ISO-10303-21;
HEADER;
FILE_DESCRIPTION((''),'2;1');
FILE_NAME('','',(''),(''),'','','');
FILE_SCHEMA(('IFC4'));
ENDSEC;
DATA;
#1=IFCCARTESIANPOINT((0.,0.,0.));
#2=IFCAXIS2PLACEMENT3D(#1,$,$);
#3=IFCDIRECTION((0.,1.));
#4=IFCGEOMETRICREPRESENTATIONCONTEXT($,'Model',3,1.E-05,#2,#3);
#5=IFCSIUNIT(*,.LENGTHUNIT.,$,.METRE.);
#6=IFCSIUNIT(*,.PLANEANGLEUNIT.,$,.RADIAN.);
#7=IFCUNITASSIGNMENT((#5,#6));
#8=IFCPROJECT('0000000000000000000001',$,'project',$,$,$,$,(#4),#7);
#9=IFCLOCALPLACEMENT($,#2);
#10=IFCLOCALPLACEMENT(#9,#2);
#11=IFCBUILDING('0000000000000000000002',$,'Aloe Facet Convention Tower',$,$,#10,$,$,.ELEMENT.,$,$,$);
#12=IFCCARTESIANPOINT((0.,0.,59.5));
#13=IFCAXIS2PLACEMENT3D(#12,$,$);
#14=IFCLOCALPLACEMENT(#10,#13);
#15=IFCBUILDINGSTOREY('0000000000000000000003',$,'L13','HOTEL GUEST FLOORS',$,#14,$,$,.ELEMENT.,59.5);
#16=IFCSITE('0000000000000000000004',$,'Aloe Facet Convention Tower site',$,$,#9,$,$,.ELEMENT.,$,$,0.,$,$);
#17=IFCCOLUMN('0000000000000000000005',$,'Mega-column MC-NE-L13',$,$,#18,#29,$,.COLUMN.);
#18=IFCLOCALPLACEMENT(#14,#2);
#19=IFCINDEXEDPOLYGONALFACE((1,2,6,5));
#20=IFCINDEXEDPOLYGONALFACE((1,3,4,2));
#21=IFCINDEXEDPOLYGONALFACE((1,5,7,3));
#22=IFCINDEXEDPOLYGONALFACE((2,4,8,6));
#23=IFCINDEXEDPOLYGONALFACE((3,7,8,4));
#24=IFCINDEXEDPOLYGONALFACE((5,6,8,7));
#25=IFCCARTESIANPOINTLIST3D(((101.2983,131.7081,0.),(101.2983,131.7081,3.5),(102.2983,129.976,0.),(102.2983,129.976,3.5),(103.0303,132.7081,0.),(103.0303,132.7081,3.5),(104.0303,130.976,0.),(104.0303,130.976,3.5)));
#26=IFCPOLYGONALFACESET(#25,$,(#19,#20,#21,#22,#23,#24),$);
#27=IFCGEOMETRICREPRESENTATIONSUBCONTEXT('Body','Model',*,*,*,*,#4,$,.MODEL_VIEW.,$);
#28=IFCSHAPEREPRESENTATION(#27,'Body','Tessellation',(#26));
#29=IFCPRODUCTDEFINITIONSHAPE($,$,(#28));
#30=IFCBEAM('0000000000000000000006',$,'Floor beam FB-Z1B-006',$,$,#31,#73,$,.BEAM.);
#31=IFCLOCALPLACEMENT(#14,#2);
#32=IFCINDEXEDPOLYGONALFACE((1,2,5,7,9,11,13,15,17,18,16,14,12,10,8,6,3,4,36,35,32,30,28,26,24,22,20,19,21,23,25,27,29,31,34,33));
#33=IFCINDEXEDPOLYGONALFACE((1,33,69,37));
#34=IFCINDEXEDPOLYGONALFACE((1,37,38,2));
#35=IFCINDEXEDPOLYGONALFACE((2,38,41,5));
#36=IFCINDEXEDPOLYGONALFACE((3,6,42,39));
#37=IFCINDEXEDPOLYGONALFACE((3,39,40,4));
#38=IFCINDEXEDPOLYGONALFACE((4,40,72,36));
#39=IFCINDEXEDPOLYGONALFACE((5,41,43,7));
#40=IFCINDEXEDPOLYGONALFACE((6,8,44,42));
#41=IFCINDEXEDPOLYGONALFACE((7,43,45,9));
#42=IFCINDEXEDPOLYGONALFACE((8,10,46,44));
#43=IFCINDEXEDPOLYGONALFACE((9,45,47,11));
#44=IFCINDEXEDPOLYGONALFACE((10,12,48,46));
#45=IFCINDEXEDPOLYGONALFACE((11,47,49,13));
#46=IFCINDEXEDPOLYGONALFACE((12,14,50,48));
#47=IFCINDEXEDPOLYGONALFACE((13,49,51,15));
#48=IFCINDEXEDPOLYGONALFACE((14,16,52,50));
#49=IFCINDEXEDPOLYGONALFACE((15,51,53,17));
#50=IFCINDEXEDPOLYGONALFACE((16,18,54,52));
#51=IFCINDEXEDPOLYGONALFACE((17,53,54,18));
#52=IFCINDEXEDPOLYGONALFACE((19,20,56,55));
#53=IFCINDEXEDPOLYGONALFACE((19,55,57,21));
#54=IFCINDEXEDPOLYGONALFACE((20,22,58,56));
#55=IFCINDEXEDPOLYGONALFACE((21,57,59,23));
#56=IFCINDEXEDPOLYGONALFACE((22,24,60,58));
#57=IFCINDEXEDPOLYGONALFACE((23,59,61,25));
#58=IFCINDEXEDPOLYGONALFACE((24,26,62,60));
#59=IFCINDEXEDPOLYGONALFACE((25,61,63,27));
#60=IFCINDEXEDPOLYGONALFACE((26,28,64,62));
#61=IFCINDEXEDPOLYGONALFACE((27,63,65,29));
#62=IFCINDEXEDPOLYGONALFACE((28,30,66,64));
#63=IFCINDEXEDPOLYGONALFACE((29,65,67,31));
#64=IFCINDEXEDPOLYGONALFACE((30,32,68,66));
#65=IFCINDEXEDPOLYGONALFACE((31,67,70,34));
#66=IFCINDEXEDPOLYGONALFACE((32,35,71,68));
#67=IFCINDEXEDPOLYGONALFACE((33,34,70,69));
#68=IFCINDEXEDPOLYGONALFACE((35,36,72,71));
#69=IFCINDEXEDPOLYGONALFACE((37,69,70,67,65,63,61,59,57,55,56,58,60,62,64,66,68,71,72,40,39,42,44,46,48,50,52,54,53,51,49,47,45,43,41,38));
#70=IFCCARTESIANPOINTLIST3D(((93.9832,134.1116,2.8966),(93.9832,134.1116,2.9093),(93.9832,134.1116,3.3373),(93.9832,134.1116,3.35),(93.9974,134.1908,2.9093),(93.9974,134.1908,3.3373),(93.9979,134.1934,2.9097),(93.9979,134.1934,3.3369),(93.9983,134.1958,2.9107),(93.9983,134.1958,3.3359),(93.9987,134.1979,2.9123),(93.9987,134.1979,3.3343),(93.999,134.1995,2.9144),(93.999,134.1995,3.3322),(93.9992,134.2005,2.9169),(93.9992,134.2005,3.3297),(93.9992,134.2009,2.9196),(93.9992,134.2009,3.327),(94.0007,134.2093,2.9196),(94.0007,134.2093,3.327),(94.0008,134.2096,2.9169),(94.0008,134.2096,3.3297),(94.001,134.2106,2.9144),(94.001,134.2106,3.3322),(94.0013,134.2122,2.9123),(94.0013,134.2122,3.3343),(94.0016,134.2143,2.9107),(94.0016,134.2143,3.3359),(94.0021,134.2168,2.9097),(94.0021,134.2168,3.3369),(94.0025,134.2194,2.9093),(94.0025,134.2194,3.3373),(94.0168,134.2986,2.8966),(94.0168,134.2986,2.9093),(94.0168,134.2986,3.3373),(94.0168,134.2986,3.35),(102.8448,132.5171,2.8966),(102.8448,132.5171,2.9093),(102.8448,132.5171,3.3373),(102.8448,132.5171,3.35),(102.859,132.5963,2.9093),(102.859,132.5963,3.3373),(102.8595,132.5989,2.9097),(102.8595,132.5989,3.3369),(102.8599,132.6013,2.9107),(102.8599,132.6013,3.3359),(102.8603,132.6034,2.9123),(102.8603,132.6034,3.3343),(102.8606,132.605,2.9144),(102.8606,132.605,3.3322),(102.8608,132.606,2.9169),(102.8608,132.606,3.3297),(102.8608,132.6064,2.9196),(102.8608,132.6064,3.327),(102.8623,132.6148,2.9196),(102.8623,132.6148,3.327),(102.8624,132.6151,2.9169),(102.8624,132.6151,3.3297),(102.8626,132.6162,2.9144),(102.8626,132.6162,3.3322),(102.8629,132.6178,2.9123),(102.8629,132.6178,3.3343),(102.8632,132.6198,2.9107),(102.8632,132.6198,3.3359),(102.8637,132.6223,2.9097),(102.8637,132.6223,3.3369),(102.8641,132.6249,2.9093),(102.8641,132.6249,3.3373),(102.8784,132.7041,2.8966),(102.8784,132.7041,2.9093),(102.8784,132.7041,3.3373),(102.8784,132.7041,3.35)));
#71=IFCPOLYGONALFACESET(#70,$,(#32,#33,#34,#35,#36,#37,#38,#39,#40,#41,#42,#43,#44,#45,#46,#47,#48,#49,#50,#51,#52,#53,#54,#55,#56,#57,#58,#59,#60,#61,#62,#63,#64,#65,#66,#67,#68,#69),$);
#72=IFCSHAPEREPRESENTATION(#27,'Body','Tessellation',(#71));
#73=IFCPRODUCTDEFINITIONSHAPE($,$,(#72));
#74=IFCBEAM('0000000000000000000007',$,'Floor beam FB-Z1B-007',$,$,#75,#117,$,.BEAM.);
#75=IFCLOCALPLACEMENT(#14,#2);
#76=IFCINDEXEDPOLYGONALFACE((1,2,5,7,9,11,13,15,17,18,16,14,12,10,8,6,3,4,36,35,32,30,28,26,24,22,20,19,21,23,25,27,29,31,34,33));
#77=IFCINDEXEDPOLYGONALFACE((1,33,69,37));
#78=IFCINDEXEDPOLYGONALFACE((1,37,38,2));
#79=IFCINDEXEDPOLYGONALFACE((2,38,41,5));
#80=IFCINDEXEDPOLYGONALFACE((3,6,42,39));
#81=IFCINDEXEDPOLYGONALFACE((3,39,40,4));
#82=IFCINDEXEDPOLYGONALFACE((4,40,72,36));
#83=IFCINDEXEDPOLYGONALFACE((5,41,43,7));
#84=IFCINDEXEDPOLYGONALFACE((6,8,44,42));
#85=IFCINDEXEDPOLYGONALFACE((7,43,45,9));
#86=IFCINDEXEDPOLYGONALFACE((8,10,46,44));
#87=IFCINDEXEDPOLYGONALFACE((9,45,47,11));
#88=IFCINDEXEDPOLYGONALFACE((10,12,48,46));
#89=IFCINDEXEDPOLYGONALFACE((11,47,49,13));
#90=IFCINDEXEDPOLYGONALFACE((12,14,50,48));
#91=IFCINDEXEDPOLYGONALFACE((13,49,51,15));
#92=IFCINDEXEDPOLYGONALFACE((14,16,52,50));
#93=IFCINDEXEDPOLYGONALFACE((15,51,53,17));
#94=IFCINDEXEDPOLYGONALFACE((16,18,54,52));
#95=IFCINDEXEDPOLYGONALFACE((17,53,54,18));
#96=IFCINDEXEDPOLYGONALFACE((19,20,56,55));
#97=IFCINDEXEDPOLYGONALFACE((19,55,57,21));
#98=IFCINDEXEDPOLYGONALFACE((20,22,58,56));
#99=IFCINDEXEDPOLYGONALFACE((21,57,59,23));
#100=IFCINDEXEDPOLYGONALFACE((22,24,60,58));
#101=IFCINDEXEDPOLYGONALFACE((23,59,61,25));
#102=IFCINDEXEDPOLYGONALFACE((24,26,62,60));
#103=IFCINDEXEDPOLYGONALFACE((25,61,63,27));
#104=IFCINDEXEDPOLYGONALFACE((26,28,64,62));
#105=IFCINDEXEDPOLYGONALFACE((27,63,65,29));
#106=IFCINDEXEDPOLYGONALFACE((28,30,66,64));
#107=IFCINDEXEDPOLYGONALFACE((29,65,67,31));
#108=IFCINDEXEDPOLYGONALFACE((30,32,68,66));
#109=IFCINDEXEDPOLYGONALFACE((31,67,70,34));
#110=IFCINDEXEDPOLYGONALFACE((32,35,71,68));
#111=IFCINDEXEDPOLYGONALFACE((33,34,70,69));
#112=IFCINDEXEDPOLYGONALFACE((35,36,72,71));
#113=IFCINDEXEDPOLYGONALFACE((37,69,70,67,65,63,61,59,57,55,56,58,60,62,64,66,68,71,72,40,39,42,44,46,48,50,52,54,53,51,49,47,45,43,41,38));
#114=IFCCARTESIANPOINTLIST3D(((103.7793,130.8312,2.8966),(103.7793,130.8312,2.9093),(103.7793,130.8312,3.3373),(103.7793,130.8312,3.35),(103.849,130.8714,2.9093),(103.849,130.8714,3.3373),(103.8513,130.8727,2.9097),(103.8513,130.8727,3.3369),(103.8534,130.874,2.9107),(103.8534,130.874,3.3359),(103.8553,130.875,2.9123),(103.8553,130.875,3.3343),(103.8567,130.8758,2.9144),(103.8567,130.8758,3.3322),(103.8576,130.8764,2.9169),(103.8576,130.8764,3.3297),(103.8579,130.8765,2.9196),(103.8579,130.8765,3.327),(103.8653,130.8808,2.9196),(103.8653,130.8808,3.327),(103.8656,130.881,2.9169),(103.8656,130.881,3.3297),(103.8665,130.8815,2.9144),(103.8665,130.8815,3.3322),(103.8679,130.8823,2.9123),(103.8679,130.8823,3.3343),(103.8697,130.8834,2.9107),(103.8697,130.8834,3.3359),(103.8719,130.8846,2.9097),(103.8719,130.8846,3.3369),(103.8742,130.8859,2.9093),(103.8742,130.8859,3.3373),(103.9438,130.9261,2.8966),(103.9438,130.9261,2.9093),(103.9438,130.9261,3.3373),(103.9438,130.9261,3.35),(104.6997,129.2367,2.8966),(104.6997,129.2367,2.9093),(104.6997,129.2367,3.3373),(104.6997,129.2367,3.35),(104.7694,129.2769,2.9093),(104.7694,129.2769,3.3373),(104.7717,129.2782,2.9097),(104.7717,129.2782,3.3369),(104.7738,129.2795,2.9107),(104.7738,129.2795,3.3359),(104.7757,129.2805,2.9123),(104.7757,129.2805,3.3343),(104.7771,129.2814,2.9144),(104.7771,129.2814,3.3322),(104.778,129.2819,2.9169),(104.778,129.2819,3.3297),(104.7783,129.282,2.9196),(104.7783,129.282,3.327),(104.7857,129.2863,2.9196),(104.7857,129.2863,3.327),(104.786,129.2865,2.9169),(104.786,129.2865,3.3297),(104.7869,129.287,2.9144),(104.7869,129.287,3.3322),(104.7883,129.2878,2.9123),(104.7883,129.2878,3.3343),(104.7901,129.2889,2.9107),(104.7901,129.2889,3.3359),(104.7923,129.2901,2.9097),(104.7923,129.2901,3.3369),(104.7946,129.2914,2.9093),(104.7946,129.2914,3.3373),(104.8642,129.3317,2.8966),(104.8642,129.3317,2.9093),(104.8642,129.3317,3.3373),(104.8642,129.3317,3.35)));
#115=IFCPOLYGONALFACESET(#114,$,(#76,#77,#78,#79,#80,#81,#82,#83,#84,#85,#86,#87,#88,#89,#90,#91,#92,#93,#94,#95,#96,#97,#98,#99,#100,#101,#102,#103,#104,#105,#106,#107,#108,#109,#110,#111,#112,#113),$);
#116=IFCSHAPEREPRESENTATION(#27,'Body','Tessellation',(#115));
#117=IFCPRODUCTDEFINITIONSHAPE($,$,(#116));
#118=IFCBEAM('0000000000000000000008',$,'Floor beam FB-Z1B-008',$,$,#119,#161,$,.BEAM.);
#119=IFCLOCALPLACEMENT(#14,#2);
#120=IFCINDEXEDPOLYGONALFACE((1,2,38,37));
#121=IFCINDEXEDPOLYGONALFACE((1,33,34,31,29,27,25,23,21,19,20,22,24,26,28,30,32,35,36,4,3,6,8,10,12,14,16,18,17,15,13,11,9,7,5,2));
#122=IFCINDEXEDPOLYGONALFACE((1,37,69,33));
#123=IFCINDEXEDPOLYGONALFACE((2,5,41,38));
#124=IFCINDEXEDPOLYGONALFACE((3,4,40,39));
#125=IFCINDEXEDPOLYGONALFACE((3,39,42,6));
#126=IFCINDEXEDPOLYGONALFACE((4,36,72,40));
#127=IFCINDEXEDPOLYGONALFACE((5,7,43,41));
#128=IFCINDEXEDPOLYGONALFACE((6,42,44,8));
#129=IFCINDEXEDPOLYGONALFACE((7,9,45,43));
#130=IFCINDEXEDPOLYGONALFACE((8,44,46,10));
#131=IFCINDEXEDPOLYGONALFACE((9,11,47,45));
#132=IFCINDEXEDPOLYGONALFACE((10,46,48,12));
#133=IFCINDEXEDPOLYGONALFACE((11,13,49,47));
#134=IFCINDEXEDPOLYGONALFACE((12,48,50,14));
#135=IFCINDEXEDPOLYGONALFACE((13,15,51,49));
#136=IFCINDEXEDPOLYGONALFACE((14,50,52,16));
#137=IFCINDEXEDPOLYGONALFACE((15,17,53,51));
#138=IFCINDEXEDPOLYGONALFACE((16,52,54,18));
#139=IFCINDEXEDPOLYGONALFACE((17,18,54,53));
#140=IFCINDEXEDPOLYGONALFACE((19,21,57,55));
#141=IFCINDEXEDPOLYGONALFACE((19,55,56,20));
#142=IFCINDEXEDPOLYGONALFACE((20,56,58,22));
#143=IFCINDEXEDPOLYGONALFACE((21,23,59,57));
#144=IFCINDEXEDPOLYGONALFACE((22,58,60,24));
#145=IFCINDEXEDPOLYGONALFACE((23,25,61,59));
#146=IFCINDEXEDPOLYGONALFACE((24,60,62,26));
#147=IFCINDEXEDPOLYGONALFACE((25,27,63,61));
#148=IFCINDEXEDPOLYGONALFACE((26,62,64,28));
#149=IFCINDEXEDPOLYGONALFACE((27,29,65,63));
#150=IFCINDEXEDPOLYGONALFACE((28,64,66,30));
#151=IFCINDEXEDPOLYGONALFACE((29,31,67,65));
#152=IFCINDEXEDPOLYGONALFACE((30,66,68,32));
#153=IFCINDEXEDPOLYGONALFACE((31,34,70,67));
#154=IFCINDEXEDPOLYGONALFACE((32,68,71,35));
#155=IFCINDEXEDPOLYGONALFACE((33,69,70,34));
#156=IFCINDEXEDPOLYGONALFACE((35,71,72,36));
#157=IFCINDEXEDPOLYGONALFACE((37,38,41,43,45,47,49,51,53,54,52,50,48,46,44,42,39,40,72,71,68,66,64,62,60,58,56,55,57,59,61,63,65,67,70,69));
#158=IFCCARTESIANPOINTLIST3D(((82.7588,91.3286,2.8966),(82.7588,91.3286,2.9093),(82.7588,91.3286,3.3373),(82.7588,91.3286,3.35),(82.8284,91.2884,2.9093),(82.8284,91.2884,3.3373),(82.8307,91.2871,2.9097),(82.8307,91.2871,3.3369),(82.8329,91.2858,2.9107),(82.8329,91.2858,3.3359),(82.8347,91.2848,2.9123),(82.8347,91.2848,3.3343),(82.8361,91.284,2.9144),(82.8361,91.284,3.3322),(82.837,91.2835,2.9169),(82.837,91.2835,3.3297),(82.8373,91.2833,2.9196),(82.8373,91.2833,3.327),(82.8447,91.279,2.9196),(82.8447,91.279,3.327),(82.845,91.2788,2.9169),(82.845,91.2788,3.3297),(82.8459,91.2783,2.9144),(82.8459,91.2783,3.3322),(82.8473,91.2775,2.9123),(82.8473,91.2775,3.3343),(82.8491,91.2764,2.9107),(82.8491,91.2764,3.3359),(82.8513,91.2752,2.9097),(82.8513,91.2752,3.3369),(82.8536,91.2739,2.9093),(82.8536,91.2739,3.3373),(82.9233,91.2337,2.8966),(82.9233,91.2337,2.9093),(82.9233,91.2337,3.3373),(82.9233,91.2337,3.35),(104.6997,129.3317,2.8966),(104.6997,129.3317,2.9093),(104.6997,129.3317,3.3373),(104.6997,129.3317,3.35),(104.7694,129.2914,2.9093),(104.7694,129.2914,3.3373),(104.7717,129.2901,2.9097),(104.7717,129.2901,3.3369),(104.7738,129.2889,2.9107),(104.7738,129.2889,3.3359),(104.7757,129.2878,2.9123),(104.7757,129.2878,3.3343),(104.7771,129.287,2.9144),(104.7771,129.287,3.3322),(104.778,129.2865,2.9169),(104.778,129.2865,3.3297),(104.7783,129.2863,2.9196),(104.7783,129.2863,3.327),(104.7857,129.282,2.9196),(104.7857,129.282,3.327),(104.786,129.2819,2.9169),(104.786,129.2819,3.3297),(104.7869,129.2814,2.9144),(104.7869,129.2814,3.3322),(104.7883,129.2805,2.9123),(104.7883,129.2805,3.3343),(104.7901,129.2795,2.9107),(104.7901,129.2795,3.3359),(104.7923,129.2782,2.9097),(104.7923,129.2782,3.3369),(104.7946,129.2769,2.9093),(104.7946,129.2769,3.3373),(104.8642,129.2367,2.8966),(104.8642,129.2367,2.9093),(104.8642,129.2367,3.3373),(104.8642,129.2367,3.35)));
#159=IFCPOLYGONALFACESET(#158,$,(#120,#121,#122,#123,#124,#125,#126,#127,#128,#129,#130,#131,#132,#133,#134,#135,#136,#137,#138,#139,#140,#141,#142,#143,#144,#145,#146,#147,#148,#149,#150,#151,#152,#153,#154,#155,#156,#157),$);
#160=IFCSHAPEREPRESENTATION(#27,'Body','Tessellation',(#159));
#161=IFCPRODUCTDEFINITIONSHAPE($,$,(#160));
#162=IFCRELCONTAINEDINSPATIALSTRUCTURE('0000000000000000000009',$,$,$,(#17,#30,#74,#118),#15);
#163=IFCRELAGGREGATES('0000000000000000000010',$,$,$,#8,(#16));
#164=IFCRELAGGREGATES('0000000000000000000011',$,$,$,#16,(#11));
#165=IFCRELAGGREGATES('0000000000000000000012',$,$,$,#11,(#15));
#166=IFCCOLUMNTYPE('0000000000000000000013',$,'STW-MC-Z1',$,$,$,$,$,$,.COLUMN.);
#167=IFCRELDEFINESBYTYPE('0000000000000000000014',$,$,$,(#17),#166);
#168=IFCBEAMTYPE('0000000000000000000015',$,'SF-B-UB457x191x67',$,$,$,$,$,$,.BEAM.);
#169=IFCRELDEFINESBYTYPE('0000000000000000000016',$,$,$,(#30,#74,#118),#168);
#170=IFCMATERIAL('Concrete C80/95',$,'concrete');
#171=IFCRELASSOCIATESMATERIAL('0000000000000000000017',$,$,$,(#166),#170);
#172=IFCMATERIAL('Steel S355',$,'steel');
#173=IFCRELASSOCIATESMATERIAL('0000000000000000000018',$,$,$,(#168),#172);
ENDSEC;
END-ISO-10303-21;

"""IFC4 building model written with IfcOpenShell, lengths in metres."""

from ifc_helpers import new_model, si_unit, direction, frame, origin, origin_2d, place, context, subcontext, project, spatial, rectangle, i_section, extrude, material, material_profile, profile_set, type_object, element, save


model = new_model("IFC4")

# Units and contexts
model_context = context("Model", 3, precision=1e-05, world=origin(), true_north=direction((0.0, 1.0)))
body_context = subcontext(model_context, "Body", "Model", "MODEL_VIEW")
ifc_project = project(units=[si_unit("LENGTHUNIT", "METRE"), si_unit("PLANEANGLEUNIT", "RADIAN")], contexts=[model_context])

# Site, building, storey
site_placement = place(None, origin())
site = spatial("IfcSite", under=ifc_project, at=site_placement, Name="Aloe Facet Convention Tower site", CompositionType="ELEMENT", RefElevation=0.0)
building_placement = place(site_placement, origin())
building = spatial("IfcBuilding", under=site, at=building_placement, Name="Aloe Facet Convention Tower", CompositionType="ELEMENT")
storey_placement = place(building_placement, frame((0.0, 0.0, 59.5)))
storey = spatial("IfcBuildingStorey", under=building, at=storey_placement, Name="L13", Description="HOTEL GUEST FLOORS", CompositionType="ELEMENT", Elevation=59.5)

# Column
ifc_material_1 = material(Name="Concrete C80/95", Category="concrete")
ifc_material_profile_1 = material_profile(ifc_material_1, rectangle(XDim=2.0, YDim=2.0, at=origin_2d()), Name="STW-MC-Z1")
ifc_profile_set_1 = profile_set([ifc_material_profile_1], Name="Concrete C80/95")
column_type = type_object("IfcColumnType", Name="STW-MC-Z1", PredefinedType="COLUMN", material=ifc_profile_set_1)
column_placement = place(storey_placement, frame((102.6643, 131.342, 0.0), z_axis=(0.0, 0.0, 1.0), x_axis=(-0.5, 0.866025, 0.0)))
element("IfcColumn", 1, at=column_placement, inside=storey, type_object=column_type, Name="Mega-column MC-NE-L13", PredefinedType="COLUMN", context=body_context, shape_type="SweptSolid", body=[
    extrude(rectangle(XDim=2.0, YDim=2.0, at=origin_2d()), origin(), (0.0, 0.0, 1.0), 3.5),
])

# Beams
ifc_material_2 = material(Name="Steel S355", Category="steel")
ifc_material_profile_2 = material_profile(ifc_material_2, i_section(OverallWidth=0.1899, OverallDepth=0.4534, WebThickness=0.0085, FlangeThickness=0.0127, FilletRadius=0.0103, at=origin_2d()), Name="UB 457x191x67")
ifc_profile_set_2 = profile_set([ifc_material_profile_2], Name="Steel S355")
beam_type_1 = type_object("IfcBeamType", Name="SF-B-UB457x191x67", PredefinedType="BEAM", material=ifc_profile_set_2)
beam_1_placement = place(storey_placement, frame((102.8616, 132.6106, 3.1233), z_axis=(-0.984195, 0.177088, 0.0), x_axis=(-0.177088, -0.984195, 0.0)))
element("IfcBeam", 2, at=beam_1_placement, inside=storey, type_object=beam_type_1, Name="Floor beam FB-Z1B-006", PredefinedType="BEAM", context=body_context, shape_type="SweptSolid", body=[
    extrude(i_section(OverallWidth=0.1899, OverallDepth=0.4534, WebThickness=0.0085, FlangeThickness=0.0127, FilletRadius=0.0103, at=origin_2d()), origin(), (0.0, 0.0, 1.0), 9.0039),
])
beam_2_placement = place(storey_placement, frame((103.8616, 130.8787, 3.1233), z_axis=(0.499933, -0.866064, 0.0), x_axis=(0.866064, 0.499933, 0.0)))
element("IfcBeam", 3, at=beam_2_placement, inside=storey, type_object=beam_type_1, Name="Floor beam FB-Z1B-007", PredefinedType="BEAM", context=body_context, shape_type="SweptSolid", body=[
    extrude(i_section(OverallWidth=0.1899, OverallDepth=0.4534, WebThickness=0.0085, FlangeThickness=0.0127, FilletRadius=0.0103, at=origin_2d()), origin(), (0.0, 0.0, 1.0), 1.8411),
])
beam_3_placement = place(storey_placement, frame((104.782, 129.2842, 3.1233), z_axis=(-0.499999, -0.866026, 0.0), x_axis=(0.866026, -0.499999, 0.0)))
element("IfcBeam", 4, at=beam_3_placement, inside=storey, type_object=beam_type_1, Name="Floor beam FB-Z1B-008", PredefinedType="BEAM", context=body_context, shape_type="SweptSolid", body=[
    extrude(i_section(OverallWidth=0.1899, OverallDepth=0.4534, WebThickness=0.0085, FlangeThickness=0.0127, FilletRadius=0.0103, at=origin_2d()), origin(), (0.0, 0.0, 1.0), 43.8821),
])

save(model, "model.ifc")
